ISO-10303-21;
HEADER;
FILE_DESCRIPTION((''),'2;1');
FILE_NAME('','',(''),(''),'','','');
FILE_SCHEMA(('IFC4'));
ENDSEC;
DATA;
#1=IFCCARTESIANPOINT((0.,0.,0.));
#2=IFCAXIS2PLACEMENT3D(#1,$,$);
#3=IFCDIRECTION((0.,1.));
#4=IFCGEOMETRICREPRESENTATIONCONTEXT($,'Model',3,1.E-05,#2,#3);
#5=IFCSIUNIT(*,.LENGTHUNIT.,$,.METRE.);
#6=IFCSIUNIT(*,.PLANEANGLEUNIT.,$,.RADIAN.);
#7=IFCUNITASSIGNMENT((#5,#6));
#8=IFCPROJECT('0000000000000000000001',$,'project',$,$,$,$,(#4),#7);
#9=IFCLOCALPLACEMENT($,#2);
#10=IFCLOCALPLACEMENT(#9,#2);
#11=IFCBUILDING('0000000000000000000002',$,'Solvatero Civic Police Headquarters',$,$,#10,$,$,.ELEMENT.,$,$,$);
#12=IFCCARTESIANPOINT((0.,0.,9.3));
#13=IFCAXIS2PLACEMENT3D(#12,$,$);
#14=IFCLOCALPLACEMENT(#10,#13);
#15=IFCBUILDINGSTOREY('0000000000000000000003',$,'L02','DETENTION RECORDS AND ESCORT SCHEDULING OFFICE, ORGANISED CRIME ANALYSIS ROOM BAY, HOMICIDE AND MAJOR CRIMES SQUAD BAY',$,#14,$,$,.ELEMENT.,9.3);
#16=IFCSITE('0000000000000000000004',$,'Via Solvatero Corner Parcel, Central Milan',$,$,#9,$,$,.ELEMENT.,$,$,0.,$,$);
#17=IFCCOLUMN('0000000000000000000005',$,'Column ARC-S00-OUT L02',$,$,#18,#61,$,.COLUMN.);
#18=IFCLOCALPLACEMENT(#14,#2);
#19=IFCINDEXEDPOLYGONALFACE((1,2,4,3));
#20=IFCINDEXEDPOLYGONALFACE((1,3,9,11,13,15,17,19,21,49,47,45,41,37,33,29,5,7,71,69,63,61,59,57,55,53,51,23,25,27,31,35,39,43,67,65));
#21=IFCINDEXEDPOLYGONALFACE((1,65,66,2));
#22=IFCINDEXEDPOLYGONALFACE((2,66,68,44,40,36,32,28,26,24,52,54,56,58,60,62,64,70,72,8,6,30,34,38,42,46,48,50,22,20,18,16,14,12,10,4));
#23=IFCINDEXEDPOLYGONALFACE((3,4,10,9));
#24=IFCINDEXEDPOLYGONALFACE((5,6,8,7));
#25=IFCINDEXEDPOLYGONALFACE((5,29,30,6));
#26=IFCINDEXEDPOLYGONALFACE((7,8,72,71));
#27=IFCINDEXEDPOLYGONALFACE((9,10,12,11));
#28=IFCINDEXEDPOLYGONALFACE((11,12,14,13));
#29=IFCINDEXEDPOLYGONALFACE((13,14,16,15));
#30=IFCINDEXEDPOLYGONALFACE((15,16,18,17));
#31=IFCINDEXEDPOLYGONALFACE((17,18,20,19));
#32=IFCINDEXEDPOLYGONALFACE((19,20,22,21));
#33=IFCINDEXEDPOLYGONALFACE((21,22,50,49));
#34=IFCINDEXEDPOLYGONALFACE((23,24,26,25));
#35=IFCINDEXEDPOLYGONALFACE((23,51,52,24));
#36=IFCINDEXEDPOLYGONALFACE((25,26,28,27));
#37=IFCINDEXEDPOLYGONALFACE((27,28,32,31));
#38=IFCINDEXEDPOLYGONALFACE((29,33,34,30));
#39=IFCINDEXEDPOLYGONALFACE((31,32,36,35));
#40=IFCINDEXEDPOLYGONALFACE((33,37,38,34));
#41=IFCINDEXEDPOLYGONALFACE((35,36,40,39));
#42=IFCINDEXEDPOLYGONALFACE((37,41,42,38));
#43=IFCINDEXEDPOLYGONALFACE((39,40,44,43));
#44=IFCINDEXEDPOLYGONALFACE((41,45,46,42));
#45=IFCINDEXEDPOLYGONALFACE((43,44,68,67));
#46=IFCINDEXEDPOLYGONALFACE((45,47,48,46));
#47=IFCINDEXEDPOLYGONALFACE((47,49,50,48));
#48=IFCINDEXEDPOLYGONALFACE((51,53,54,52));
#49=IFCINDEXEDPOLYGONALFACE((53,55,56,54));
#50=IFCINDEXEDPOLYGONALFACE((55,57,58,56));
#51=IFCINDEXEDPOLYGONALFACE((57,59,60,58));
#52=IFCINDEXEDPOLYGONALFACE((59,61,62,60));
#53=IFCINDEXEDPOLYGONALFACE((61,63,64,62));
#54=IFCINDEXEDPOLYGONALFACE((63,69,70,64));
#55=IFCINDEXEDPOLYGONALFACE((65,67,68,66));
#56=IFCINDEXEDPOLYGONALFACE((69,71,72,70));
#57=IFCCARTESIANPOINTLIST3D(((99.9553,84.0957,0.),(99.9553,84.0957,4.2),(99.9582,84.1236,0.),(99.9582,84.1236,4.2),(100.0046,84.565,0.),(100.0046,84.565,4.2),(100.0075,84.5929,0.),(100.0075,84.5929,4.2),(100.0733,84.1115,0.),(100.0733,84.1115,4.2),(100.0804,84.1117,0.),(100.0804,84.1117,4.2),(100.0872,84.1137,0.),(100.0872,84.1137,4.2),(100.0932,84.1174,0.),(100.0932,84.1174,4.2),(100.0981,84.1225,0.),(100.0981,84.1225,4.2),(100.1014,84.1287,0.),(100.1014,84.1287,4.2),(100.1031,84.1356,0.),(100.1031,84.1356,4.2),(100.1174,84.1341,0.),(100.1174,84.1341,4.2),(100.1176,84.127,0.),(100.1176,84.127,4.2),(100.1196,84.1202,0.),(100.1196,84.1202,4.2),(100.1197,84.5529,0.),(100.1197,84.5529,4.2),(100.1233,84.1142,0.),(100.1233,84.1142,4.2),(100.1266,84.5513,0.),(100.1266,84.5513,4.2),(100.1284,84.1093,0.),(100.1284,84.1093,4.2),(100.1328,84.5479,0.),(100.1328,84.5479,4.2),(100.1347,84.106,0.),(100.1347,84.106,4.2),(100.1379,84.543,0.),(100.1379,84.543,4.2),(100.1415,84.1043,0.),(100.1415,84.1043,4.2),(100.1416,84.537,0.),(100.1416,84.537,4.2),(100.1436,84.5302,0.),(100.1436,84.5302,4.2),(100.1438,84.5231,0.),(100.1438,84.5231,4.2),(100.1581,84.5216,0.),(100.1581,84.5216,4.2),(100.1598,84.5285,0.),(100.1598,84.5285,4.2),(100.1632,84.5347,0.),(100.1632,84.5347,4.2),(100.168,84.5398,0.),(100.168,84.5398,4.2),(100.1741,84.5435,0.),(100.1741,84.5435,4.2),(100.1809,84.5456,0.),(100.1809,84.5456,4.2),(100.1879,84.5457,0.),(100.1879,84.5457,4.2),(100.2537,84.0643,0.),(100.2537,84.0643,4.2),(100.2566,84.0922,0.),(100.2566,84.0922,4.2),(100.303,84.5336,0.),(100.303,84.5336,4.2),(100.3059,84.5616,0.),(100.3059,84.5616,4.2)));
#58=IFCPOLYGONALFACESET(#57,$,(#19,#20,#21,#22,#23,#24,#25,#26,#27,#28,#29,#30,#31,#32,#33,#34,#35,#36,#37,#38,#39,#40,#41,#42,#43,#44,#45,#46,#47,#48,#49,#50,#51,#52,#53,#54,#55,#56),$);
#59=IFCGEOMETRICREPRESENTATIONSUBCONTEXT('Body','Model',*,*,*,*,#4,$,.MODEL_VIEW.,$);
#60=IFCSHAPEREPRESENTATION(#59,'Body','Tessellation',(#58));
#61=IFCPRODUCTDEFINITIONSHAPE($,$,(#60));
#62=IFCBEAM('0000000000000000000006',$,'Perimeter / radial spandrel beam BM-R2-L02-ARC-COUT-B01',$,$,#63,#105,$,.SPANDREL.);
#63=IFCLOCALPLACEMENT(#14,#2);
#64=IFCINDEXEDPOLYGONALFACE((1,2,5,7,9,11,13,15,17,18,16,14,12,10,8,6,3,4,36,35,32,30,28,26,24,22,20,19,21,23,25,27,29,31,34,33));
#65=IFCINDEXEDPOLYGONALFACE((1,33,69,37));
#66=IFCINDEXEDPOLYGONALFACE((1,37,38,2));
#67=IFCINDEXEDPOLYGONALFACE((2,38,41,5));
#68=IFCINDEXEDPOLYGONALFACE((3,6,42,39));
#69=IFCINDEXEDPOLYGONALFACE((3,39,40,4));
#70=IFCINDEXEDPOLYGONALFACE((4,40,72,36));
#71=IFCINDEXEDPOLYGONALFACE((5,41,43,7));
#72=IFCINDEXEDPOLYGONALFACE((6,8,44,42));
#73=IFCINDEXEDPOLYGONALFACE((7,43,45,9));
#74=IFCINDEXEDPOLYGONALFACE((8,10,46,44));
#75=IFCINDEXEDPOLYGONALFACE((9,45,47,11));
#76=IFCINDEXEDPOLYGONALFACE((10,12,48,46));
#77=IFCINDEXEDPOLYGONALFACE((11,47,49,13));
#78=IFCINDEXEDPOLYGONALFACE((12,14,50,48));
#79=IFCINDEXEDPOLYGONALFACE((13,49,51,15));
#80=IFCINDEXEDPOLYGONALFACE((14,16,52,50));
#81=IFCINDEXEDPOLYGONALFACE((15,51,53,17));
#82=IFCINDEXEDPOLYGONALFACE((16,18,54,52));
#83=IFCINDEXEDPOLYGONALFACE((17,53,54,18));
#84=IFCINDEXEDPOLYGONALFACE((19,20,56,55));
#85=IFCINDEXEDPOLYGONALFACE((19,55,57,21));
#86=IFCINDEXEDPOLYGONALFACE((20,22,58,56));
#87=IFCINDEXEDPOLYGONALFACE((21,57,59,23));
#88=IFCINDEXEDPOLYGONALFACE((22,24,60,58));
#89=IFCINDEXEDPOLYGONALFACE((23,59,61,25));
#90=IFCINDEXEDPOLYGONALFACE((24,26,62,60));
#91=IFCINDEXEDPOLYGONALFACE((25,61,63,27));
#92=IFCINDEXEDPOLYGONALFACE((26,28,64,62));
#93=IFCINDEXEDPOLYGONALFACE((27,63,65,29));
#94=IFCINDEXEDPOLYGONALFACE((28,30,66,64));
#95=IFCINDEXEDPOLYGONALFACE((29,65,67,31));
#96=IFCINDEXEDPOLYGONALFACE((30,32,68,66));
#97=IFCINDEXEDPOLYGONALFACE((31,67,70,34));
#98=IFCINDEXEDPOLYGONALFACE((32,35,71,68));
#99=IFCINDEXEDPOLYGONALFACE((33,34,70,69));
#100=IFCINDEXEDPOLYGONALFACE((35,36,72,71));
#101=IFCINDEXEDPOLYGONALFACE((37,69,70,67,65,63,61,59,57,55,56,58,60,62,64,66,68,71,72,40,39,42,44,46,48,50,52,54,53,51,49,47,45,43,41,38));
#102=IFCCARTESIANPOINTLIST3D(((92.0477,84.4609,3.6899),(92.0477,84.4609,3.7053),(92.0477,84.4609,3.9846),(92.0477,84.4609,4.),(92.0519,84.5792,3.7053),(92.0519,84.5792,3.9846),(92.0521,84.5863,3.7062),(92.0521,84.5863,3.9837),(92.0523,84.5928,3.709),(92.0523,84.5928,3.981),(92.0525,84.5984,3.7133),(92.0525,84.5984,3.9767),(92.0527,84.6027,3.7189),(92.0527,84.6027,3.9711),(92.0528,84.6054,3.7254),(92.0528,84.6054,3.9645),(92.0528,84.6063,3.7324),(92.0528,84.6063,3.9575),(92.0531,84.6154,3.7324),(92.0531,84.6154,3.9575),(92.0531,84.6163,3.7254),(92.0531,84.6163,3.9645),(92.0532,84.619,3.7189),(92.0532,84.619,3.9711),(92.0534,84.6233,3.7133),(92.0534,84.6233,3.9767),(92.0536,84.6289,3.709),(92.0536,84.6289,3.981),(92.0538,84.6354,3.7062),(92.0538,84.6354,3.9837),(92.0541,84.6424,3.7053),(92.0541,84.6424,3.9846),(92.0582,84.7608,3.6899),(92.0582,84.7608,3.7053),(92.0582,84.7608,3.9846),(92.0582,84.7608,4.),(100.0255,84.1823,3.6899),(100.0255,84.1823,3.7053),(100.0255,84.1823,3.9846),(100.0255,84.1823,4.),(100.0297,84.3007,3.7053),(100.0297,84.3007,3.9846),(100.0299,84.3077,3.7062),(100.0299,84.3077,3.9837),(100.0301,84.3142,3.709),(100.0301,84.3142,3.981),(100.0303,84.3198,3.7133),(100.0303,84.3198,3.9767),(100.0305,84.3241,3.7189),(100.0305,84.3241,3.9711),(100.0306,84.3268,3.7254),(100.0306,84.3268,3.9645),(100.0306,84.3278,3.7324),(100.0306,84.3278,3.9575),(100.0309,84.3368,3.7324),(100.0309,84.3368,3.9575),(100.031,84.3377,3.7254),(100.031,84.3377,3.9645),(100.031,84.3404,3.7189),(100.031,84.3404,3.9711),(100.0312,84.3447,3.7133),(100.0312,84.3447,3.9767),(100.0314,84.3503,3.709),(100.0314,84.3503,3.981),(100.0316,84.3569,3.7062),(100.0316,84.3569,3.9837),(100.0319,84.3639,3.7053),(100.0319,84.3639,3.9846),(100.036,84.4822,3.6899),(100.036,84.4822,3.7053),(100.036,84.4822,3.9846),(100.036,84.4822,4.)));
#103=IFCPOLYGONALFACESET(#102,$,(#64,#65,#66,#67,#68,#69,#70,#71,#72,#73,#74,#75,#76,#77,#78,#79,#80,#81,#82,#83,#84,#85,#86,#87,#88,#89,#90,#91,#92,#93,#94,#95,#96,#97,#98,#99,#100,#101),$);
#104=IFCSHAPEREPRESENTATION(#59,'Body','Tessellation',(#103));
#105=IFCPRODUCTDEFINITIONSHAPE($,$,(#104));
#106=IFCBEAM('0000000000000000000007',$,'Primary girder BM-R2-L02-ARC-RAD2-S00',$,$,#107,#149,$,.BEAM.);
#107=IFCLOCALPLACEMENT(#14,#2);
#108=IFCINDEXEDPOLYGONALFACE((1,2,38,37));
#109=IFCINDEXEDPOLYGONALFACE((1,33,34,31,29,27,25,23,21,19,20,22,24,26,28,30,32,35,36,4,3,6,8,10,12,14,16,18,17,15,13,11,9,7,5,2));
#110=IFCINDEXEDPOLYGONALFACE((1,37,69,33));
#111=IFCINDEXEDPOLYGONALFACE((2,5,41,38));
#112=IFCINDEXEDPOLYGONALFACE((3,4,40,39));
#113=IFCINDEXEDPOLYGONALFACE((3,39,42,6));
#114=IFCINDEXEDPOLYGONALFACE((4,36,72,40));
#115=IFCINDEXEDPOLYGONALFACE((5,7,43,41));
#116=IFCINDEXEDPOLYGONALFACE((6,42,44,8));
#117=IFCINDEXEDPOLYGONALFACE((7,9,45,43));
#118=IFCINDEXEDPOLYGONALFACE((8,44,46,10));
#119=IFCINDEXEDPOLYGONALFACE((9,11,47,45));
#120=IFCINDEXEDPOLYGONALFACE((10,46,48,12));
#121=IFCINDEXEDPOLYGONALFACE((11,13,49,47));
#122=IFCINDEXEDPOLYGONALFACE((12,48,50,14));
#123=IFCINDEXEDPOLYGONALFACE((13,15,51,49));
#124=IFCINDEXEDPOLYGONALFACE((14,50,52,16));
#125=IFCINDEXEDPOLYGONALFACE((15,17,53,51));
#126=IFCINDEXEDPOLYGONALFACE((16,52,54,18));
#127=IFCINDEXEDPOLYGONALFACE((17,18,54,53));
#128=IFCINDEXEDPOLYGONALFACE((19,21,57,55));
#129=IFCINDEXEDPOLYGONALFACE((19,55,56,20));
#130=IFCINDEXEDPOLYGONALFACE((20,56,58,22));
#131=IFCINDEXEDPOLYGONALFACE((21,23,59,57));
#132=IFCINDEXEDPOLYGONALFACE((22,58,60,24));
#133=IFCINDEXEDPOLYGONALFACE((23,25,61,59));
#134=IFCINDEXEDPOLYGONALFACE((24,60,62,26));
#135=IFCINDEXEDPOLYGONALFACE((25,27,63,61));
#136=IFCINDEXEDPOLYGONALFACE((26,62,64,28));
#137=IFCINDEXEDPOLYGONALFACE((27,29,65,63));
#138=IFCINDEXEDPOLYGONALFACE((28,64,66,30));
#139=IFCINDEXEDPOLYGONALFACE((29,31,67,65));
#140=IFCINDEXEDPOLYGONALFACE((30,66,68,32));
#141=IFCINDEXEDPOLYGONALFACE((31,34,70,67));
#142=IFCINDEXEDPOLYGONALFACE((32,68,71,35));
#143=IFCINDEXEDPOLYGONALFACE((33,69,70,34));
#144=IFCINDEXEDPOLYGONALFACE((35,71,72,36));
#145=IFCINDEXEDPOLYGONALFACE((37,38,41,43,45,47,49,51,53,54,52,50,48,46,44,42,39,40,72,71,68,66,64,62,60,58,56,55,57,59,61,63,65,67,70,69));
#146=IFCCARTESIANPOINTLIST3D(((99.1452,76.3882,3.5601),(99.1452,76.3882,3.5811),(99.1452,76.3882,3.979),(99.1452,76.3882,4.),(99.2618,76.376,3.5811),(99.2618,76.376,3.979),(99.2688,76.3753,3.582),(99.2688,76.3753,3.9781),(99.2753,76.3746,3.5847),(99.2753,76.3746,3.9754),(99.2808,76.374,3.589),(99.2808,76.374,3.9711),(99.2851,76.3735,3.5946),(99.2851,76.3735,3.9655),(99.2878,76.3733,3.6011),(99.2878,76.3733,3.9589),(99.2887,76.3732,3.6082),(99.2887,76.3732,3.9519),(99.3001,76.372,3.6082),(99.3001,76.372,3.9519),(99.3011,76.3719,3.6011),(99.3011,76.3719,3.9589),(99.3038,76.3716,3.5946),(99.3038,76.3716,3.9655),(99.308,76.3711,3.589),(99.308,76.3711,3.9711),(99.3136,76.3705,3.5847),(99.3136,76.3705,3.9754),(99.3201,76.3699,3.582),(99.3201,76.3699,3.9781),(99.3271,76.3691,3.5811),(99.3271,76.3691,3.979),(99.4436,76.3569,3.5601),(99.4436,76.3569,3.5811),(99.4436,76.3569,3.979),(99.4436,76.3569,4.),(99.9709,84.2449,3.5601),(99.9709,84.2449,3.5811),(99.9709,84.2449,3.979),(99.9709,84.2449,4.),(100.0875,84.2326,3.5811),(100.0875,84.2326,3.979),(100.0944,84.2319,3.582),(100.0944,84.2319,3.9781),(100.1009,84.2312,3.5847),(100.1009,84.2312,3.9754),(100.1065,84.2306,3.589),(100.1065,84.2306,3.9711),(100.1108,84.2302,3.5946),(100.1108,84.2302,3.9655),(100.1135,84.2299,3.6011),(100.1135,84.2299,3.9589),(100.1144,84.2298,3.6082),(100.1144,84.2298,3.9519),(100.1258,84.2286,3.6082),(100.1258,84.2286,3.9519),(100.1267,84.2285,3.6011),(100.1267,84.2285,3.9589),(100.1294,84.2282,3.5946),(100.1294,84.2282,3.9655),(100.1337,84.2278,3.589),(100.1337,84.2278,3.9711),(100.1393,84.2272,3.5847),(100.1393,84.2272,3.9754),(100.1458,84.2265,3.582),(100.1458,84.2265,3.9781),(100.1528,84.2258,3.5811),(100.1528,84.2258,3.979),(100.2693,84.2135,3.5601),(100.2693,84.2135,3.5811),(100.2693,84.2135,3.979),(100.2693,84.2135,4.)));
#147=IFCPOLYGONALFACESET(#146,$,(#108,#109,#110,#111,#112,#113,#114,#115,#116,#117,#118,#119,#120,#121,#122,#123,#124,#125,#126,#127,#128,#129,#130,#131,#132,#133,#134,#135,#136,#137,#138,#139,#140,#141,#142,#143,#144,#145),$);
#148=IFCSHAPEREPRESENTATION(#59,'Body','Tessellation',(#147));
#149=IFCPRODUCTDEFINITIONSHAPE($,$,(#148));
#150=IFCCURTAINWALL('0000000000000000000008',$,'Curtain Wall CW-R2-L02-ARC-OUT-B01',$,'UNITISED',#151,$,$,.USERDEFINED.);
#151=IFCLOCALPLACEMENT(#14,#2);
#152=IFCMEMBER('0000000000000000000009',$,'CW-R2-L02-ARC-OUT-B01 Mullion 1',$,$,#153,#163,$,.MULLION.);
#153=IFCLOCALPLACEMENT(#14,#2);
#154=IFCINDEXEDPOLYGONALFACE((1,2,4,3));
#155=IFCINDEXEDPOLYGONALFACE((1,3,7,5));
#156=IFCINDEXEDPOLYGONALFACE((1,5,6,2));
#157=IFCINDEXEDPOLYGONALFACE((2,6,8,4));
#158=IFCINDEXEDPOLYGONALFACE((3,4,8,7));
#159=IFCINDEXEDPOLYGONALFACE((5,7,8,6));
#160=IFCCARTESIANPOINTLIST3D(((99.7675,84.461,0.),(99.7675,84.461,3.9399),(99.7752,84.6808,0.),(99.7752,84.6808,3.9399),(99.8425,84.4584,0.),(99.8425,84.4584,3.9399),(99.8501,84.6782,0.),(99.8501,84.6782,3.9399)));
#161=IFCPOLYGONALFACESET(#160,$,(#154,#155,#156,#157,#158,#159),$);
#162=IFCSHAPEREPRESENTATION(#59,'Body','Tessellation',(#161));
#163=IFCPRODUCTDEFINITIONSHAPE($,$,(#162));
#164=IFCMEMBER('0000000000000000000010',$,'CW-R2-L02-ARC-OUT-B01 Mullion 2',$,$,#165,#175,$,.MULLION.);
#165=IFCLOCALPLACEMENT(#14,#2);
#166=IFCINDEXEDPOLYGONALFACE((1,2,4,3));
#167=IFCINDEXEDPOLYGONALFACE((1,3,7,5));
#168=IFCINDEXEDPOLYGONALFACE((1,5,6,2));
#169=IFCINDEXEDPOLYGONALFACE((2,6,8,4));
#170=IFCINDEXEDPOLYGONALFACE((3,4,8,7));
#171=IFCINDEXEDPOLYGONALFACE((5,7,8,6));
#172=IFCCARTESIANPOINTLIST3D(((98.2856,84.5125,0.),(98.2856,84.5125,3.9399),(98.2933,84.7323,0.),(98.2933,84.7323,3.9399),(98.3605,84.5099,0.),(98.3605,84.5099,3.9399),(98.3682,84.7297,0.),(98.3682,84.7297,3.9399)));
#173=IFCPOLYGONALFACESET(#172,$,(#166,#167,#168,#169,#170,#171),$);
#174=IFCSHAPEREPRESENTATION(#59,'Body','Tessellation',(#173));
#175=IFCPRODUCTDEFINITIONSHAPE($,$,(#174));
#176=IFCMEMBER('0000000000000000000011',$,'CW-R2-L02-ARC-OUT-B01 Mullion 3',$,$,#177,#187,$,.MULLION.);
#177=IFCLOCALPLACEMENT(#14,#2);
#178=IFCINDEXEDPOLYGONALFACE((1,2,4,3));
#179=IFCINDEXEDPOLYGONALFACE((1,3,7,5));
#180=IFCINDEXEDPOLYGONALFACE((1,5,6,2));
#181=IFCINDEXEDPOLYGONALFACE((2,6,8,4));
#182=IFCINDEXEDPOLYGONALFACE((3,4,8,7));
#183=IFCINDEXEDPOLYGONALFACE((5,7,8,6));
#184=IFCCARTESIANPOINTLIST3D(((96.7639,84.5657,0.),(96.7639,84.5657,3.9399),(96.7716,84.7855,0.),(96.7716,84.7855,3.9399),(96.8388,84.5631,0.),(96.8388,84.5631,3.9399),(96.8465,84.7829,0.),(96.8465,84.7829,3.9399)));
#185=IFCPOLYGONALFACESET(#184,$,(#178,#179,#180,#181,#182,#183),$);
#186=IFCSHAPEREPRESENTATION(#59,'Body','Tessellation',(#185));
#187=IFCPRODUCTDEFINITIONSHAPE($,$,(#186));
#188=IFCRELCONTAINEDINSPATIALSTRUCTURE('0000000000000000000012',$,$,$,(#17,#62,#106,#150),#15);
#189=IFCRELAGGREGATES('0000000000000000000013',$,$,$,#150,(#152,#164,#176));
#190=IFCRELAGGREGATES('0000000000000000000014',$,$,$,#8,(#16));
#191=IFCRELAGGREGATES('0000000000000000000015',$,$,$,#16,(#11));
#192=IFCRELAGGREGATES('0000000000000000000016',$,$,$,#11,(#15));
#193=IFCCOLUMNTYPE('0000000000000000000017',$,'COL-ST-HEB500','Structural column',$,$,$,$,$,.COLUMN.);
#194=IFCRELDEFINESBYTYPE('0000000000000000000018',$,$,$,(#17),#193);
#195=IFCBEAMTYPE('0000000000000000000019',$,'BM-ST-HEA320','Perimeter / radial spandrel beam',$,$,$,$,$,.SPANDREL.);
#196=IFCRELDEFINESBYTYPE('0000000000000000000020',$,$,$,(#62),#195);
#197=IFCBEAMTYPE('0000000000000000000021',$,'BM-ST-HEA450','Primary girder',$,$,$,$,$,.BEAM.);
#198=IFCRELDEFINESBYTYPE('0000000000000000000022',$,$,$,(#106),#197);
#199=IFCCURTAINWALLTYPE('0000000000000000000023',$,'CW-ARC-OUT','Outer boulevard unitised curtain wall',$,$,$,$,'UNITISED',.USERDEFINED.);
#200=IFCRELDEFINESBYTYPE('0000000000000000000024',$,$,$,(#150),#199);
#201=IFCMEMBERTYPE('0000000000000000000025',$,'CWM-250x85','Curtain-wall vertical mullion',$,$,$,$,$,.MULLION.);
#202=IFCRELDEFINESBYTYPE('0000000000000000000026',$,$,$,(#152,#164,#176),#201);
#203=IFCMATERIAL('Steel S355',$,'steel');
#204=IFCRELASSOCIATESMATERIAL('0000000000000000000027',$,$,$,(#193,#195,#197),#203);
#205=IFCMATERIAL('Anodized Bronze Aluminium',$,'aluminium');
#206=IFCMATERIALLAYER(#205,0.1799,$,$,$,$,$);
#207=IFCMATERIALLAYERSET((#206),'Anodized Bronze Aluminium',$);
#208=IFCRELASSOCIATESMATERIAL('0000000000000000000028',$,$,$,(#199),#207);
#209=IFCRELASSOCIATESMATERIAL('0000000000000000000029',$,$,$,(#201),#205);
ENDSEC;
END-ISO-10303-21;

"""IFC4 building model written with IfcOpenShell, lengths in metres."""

from ifc_helpers import new_model, si_unit, direction, frame, origin, origin_2d, place, context, subcontext, project, spatial, rectangle, i_section, extrude, material, layer, layer_set, material_profile, profile_set, type_object, element, aggregate, save


model = new_model("IFC4")

# Units and contexts
model_context = context("Model", 3, precision=1e-05, world=origin(), true_north=direction((0.0, 1.0)))
body_context = subcontext(model_context, "Body", "Model", "MODEL_VIEW")
ifc_project = project(units=[si_unit("LENGTHUNIT", "METRE"), si_unit("PLANEANGLEUNIT", "RADIAN")], contexts=[model_context])

# Site, building, storey
site_placement = place(None, origin())
site = spatial("IfcSite", under=ifc_project, at=site_placement, Name="Via Solvatero Corner Parcel, Central Milan", CompositionType="ELEMENT", RefElevation=0.0)
building_placement = place(site_placement, origin())
building = spatial("IfcBuilding", under=site, at=building_placement, Name="Solvatero Civic Police Headquarters", CompositionType="ELEMENT")
storey_placement = place(building_placement, frame((0.0, 0.0, 9.3)))
storey = spatial("IfcBuildingStorey", under=building, at=storey_placement, Name="L02", Description="DETENTION RECORDS AND ESCORT SCHEDULING OFFICE, ORGANISED CRIME ANALYSIS ROOM BAY, HOMICIDE AND MAJOR CRIMES SQUAD BAY", CompositionType="ELEMENT", Elevation=9.3)

# Column
ifc_material_1 = material(Name="Steel S355", Category="steel")
ifc_material_profile_1 = material_profile(ifc_material_1, i_section(OverallWidth=0.3, OverallDepth=0.5, WebThickness=0.0144, FlangeThickness=0.0281, FilletRadius=0.0271, at=origin_2d()), Name="HEB 500")
ifc_profile_set_1 = profile_set([ifc_material_profile_1], Name="Steel S355")
column_type = type_object("IfcColumnType", Name="COL-ST-HEB500", Description="Structural column", PredefinedType="COLUMN", material=ifc_profile_set_1)
column_placement = place(storey_placement, frame((100.1306, 84.3286, 0.0), z_axis=(0.0, 0.0, 1.0), x_axis=(0.994522, -0.104528, 0.0)))
element("IfcColumn", 1, at=column_placement, inside=storey, type_object=column_type, Name="Column ARC-S00-OUT L02", PredefinedType="COLUMN", context=body_context, shape_type="SweptSolid", body=[
    extrude(i_section(OverallWidth=0.3, OverallDepth=0.5, WebThickness=0.0144, FlangeThickness=0.0281, FilletRadius=0.0271, at=origin_2d()), origin(), (0.0, 0.0, 1.0), 4.2),
])

# Beams
ifc_material_profile_2 = material_profile(ifc_material_1, i_section(OverallWidth=0.3, OverallDepth=0.3101, WebThickness=0.009, FlangeThickness=0.0154, FilletRadius=0.0271, at=origin_2d()), Name="HEA 320")
ifc_profile_set_2 = profile_set([ifc_material_profile_2], Name="Steel S355")
beam_type_1 = type_object("IfcBeamType", Name="BM-ST-HEA320", Description="Perimeter / radial spandrel beam", PredefinedType="SPANDREL", material=ifc_profile_set_2)
beam_1_placement = place(storey_placement, frame((100.0308, 84.3323, 3.845), z_axis=(-0.999391, 0.034896, 0.0), x_axis=(-0.034896, -0.999391, 0.0)))
element("IfcBeam", 2, at=beam_1_placement, inside=storey, type_object=beam_type_1, Name="Perimeter / radial spandrel beam BM-R2-L02-ARC-COUT-B01", PredefinedType="SPANDREL", context=body_context, shape_type="SweptSolid", body=[
    extrude(i_section(OverallWidth=0.3, OverallDepth=0.3101, WebThickness=0.009, FlangeThickness=0.0154, FilletRadius=0.0271, at=origin_2d()), origin(), (0.0, 0.0, 1.0), 7.9827),
])
ifc_material_profile_3 = material_profile(ifc_material_1, i_section(OverallWidth=0.3, OverallDepth=0.4399, WebThickness=0.0115, FlangeThickness=0.021, FilletRadius=0.0271, at=origin_2d()), Name="HEA 450")
ifc_profile_set_3 = profile_set([ifc_material_profile_3], Name="Steel S355")
beam_type_2 = type_object("IfcBeamType", Name="BM-ST-HEA450", Description="Primary girder", PredefinedType="BEAM", material=ifc_profile_set_3)
beam_2_placement = place(storey_placement, frame((99.2944, 76.3726, 3.78), z_axis=(0.104517, 0.994523, 0.0), x_axis=(-0.994523, 0.104517, 0.0)))
element("IfcBeam", 3, at=beam_2_placement, inside=storey, type_object=beam_type_2, Name="Primary girder BM-R2-L02-ARC-RAD2-S00", PredefinedType="BEAM", context=body_context, shape_type="SweptSolid", body=[
    extrude(i_section(OverallWidth=0.3, OverallDepth=0.4399, WebThickness=0.0115, FlangeThickness=0.021, FilletRadius=0.0271, at=origin_2d()), origin(), (0.0, 0.0, 1.0), 7.8999),
])

# Curtain wall, members
ifc_material_2 = material(Name="Anodized Bronze Aluminium", Category="aluminium")
ifc_layer_1 = layer(ifc_material_2, 0.1799)
ifc_layer_set_1 = layer_set([ifc_layer_1], Name="Anodized Bronze Aluminium")
curtain_wall_type = type_object("IfcCurtainWallType", Name="CW-ARC-OUT", Description="Outer boulevard unitised curtain wall", ElementType="UNITISED", PredefinedType="USERDEFINED", material=ifc_layer_set_1)
curtain_wall_placement = place(storey_placement, origin())
curtain_wall = element("IfcCurtainWall", 4, at=curtain_wall_placement, inside=storey, type_object=curtain_wall_type, Name="Curtain Wall CW-R2-L02-ARC-OUT-B01", ObjectType="UNITISED", PredefinedType="USERDEFINED")
ifc_material_profile_4 = material_profile(ifc_material_2, rectangle(XDim=0.075, YDim=0.22, at=origin_2d()), Name="ALU MULLION 75x220")
ifc_profile_set_4 = profile_set([ifc_material_profile_4], Name="Anodized Bronze Aluminium")
member_type_1 = type_object("IfcMemberType", Name="CWM-250x85", Description="Curtain-wall vertical mullion", PredefinedType="MULLION", material=ifc_profile_set_4)
member_1_placement = place(storey_placement, frame((99.8088, 84.5696, 0.0), z_axis=(0.0, 0.0, 1.0), x_axis=(-0.999391, 0.034899, 0.0)))
member_1 = element("IfcMember", 5, at=member_1_placement, type_object=member_type_1, Name="CW-R2-L02-ARC-OUT-B01 Mullion 1", PredefinedType="MULLION", context=body_context, shape_type="SweptSolid", body=[
    extrude(rectangle(XDim=0.075, YDim=0.22, at=origin_2d()), origin(), (0.0, 0.0, 1.0), 3.9399),
])
member_2_placement = place(storey_placement, frame((98.3269, 84.6211, 0.0), z_axis=(0.0, 0.0, 1.0), x_axis=(-0.999391, 0.034899, 0.0)))
member_2 = element("IfcMember", 6, at=member_2_placement, type_object=member_type_1, Name="CW-R2-L02-ARC-OUT-B01 Mullion 2", PredefinedType="MULLION", context=body_context, shape_type="SweptSolid", body=[
    extrude(rectangle(XDim=0.075, YDim=0.22, at=origin_2d()), origin(), (0.0, 0.0, 1.0), 3.9399),
])
member_3_placement = place(storey_placement, frame((96.8052, 84.6743, 0.0), z_axis=(0.0, 0.0, 1.0), x_axis=(-0.999391, 0.034899, 0.0)))
member_3 = element("IfcMember", 7, at=member_3_placement, type_object=member_type_1, Name="CW-R2-L02-ARC-OUT-B01 Mullion 3", PredefinedType="MULLION", context=body_context, shape_type="SweptSolid", body=[
    extrude(rectangle(XDim=0.075, YDim=0.22, at=origin_2d()), origin(), (0.0, 0.0, 1.0), 3.9399),
])
aggregate(curtain_wall, [member_1, member_2, member_3])

save(model, "model.ifc")
